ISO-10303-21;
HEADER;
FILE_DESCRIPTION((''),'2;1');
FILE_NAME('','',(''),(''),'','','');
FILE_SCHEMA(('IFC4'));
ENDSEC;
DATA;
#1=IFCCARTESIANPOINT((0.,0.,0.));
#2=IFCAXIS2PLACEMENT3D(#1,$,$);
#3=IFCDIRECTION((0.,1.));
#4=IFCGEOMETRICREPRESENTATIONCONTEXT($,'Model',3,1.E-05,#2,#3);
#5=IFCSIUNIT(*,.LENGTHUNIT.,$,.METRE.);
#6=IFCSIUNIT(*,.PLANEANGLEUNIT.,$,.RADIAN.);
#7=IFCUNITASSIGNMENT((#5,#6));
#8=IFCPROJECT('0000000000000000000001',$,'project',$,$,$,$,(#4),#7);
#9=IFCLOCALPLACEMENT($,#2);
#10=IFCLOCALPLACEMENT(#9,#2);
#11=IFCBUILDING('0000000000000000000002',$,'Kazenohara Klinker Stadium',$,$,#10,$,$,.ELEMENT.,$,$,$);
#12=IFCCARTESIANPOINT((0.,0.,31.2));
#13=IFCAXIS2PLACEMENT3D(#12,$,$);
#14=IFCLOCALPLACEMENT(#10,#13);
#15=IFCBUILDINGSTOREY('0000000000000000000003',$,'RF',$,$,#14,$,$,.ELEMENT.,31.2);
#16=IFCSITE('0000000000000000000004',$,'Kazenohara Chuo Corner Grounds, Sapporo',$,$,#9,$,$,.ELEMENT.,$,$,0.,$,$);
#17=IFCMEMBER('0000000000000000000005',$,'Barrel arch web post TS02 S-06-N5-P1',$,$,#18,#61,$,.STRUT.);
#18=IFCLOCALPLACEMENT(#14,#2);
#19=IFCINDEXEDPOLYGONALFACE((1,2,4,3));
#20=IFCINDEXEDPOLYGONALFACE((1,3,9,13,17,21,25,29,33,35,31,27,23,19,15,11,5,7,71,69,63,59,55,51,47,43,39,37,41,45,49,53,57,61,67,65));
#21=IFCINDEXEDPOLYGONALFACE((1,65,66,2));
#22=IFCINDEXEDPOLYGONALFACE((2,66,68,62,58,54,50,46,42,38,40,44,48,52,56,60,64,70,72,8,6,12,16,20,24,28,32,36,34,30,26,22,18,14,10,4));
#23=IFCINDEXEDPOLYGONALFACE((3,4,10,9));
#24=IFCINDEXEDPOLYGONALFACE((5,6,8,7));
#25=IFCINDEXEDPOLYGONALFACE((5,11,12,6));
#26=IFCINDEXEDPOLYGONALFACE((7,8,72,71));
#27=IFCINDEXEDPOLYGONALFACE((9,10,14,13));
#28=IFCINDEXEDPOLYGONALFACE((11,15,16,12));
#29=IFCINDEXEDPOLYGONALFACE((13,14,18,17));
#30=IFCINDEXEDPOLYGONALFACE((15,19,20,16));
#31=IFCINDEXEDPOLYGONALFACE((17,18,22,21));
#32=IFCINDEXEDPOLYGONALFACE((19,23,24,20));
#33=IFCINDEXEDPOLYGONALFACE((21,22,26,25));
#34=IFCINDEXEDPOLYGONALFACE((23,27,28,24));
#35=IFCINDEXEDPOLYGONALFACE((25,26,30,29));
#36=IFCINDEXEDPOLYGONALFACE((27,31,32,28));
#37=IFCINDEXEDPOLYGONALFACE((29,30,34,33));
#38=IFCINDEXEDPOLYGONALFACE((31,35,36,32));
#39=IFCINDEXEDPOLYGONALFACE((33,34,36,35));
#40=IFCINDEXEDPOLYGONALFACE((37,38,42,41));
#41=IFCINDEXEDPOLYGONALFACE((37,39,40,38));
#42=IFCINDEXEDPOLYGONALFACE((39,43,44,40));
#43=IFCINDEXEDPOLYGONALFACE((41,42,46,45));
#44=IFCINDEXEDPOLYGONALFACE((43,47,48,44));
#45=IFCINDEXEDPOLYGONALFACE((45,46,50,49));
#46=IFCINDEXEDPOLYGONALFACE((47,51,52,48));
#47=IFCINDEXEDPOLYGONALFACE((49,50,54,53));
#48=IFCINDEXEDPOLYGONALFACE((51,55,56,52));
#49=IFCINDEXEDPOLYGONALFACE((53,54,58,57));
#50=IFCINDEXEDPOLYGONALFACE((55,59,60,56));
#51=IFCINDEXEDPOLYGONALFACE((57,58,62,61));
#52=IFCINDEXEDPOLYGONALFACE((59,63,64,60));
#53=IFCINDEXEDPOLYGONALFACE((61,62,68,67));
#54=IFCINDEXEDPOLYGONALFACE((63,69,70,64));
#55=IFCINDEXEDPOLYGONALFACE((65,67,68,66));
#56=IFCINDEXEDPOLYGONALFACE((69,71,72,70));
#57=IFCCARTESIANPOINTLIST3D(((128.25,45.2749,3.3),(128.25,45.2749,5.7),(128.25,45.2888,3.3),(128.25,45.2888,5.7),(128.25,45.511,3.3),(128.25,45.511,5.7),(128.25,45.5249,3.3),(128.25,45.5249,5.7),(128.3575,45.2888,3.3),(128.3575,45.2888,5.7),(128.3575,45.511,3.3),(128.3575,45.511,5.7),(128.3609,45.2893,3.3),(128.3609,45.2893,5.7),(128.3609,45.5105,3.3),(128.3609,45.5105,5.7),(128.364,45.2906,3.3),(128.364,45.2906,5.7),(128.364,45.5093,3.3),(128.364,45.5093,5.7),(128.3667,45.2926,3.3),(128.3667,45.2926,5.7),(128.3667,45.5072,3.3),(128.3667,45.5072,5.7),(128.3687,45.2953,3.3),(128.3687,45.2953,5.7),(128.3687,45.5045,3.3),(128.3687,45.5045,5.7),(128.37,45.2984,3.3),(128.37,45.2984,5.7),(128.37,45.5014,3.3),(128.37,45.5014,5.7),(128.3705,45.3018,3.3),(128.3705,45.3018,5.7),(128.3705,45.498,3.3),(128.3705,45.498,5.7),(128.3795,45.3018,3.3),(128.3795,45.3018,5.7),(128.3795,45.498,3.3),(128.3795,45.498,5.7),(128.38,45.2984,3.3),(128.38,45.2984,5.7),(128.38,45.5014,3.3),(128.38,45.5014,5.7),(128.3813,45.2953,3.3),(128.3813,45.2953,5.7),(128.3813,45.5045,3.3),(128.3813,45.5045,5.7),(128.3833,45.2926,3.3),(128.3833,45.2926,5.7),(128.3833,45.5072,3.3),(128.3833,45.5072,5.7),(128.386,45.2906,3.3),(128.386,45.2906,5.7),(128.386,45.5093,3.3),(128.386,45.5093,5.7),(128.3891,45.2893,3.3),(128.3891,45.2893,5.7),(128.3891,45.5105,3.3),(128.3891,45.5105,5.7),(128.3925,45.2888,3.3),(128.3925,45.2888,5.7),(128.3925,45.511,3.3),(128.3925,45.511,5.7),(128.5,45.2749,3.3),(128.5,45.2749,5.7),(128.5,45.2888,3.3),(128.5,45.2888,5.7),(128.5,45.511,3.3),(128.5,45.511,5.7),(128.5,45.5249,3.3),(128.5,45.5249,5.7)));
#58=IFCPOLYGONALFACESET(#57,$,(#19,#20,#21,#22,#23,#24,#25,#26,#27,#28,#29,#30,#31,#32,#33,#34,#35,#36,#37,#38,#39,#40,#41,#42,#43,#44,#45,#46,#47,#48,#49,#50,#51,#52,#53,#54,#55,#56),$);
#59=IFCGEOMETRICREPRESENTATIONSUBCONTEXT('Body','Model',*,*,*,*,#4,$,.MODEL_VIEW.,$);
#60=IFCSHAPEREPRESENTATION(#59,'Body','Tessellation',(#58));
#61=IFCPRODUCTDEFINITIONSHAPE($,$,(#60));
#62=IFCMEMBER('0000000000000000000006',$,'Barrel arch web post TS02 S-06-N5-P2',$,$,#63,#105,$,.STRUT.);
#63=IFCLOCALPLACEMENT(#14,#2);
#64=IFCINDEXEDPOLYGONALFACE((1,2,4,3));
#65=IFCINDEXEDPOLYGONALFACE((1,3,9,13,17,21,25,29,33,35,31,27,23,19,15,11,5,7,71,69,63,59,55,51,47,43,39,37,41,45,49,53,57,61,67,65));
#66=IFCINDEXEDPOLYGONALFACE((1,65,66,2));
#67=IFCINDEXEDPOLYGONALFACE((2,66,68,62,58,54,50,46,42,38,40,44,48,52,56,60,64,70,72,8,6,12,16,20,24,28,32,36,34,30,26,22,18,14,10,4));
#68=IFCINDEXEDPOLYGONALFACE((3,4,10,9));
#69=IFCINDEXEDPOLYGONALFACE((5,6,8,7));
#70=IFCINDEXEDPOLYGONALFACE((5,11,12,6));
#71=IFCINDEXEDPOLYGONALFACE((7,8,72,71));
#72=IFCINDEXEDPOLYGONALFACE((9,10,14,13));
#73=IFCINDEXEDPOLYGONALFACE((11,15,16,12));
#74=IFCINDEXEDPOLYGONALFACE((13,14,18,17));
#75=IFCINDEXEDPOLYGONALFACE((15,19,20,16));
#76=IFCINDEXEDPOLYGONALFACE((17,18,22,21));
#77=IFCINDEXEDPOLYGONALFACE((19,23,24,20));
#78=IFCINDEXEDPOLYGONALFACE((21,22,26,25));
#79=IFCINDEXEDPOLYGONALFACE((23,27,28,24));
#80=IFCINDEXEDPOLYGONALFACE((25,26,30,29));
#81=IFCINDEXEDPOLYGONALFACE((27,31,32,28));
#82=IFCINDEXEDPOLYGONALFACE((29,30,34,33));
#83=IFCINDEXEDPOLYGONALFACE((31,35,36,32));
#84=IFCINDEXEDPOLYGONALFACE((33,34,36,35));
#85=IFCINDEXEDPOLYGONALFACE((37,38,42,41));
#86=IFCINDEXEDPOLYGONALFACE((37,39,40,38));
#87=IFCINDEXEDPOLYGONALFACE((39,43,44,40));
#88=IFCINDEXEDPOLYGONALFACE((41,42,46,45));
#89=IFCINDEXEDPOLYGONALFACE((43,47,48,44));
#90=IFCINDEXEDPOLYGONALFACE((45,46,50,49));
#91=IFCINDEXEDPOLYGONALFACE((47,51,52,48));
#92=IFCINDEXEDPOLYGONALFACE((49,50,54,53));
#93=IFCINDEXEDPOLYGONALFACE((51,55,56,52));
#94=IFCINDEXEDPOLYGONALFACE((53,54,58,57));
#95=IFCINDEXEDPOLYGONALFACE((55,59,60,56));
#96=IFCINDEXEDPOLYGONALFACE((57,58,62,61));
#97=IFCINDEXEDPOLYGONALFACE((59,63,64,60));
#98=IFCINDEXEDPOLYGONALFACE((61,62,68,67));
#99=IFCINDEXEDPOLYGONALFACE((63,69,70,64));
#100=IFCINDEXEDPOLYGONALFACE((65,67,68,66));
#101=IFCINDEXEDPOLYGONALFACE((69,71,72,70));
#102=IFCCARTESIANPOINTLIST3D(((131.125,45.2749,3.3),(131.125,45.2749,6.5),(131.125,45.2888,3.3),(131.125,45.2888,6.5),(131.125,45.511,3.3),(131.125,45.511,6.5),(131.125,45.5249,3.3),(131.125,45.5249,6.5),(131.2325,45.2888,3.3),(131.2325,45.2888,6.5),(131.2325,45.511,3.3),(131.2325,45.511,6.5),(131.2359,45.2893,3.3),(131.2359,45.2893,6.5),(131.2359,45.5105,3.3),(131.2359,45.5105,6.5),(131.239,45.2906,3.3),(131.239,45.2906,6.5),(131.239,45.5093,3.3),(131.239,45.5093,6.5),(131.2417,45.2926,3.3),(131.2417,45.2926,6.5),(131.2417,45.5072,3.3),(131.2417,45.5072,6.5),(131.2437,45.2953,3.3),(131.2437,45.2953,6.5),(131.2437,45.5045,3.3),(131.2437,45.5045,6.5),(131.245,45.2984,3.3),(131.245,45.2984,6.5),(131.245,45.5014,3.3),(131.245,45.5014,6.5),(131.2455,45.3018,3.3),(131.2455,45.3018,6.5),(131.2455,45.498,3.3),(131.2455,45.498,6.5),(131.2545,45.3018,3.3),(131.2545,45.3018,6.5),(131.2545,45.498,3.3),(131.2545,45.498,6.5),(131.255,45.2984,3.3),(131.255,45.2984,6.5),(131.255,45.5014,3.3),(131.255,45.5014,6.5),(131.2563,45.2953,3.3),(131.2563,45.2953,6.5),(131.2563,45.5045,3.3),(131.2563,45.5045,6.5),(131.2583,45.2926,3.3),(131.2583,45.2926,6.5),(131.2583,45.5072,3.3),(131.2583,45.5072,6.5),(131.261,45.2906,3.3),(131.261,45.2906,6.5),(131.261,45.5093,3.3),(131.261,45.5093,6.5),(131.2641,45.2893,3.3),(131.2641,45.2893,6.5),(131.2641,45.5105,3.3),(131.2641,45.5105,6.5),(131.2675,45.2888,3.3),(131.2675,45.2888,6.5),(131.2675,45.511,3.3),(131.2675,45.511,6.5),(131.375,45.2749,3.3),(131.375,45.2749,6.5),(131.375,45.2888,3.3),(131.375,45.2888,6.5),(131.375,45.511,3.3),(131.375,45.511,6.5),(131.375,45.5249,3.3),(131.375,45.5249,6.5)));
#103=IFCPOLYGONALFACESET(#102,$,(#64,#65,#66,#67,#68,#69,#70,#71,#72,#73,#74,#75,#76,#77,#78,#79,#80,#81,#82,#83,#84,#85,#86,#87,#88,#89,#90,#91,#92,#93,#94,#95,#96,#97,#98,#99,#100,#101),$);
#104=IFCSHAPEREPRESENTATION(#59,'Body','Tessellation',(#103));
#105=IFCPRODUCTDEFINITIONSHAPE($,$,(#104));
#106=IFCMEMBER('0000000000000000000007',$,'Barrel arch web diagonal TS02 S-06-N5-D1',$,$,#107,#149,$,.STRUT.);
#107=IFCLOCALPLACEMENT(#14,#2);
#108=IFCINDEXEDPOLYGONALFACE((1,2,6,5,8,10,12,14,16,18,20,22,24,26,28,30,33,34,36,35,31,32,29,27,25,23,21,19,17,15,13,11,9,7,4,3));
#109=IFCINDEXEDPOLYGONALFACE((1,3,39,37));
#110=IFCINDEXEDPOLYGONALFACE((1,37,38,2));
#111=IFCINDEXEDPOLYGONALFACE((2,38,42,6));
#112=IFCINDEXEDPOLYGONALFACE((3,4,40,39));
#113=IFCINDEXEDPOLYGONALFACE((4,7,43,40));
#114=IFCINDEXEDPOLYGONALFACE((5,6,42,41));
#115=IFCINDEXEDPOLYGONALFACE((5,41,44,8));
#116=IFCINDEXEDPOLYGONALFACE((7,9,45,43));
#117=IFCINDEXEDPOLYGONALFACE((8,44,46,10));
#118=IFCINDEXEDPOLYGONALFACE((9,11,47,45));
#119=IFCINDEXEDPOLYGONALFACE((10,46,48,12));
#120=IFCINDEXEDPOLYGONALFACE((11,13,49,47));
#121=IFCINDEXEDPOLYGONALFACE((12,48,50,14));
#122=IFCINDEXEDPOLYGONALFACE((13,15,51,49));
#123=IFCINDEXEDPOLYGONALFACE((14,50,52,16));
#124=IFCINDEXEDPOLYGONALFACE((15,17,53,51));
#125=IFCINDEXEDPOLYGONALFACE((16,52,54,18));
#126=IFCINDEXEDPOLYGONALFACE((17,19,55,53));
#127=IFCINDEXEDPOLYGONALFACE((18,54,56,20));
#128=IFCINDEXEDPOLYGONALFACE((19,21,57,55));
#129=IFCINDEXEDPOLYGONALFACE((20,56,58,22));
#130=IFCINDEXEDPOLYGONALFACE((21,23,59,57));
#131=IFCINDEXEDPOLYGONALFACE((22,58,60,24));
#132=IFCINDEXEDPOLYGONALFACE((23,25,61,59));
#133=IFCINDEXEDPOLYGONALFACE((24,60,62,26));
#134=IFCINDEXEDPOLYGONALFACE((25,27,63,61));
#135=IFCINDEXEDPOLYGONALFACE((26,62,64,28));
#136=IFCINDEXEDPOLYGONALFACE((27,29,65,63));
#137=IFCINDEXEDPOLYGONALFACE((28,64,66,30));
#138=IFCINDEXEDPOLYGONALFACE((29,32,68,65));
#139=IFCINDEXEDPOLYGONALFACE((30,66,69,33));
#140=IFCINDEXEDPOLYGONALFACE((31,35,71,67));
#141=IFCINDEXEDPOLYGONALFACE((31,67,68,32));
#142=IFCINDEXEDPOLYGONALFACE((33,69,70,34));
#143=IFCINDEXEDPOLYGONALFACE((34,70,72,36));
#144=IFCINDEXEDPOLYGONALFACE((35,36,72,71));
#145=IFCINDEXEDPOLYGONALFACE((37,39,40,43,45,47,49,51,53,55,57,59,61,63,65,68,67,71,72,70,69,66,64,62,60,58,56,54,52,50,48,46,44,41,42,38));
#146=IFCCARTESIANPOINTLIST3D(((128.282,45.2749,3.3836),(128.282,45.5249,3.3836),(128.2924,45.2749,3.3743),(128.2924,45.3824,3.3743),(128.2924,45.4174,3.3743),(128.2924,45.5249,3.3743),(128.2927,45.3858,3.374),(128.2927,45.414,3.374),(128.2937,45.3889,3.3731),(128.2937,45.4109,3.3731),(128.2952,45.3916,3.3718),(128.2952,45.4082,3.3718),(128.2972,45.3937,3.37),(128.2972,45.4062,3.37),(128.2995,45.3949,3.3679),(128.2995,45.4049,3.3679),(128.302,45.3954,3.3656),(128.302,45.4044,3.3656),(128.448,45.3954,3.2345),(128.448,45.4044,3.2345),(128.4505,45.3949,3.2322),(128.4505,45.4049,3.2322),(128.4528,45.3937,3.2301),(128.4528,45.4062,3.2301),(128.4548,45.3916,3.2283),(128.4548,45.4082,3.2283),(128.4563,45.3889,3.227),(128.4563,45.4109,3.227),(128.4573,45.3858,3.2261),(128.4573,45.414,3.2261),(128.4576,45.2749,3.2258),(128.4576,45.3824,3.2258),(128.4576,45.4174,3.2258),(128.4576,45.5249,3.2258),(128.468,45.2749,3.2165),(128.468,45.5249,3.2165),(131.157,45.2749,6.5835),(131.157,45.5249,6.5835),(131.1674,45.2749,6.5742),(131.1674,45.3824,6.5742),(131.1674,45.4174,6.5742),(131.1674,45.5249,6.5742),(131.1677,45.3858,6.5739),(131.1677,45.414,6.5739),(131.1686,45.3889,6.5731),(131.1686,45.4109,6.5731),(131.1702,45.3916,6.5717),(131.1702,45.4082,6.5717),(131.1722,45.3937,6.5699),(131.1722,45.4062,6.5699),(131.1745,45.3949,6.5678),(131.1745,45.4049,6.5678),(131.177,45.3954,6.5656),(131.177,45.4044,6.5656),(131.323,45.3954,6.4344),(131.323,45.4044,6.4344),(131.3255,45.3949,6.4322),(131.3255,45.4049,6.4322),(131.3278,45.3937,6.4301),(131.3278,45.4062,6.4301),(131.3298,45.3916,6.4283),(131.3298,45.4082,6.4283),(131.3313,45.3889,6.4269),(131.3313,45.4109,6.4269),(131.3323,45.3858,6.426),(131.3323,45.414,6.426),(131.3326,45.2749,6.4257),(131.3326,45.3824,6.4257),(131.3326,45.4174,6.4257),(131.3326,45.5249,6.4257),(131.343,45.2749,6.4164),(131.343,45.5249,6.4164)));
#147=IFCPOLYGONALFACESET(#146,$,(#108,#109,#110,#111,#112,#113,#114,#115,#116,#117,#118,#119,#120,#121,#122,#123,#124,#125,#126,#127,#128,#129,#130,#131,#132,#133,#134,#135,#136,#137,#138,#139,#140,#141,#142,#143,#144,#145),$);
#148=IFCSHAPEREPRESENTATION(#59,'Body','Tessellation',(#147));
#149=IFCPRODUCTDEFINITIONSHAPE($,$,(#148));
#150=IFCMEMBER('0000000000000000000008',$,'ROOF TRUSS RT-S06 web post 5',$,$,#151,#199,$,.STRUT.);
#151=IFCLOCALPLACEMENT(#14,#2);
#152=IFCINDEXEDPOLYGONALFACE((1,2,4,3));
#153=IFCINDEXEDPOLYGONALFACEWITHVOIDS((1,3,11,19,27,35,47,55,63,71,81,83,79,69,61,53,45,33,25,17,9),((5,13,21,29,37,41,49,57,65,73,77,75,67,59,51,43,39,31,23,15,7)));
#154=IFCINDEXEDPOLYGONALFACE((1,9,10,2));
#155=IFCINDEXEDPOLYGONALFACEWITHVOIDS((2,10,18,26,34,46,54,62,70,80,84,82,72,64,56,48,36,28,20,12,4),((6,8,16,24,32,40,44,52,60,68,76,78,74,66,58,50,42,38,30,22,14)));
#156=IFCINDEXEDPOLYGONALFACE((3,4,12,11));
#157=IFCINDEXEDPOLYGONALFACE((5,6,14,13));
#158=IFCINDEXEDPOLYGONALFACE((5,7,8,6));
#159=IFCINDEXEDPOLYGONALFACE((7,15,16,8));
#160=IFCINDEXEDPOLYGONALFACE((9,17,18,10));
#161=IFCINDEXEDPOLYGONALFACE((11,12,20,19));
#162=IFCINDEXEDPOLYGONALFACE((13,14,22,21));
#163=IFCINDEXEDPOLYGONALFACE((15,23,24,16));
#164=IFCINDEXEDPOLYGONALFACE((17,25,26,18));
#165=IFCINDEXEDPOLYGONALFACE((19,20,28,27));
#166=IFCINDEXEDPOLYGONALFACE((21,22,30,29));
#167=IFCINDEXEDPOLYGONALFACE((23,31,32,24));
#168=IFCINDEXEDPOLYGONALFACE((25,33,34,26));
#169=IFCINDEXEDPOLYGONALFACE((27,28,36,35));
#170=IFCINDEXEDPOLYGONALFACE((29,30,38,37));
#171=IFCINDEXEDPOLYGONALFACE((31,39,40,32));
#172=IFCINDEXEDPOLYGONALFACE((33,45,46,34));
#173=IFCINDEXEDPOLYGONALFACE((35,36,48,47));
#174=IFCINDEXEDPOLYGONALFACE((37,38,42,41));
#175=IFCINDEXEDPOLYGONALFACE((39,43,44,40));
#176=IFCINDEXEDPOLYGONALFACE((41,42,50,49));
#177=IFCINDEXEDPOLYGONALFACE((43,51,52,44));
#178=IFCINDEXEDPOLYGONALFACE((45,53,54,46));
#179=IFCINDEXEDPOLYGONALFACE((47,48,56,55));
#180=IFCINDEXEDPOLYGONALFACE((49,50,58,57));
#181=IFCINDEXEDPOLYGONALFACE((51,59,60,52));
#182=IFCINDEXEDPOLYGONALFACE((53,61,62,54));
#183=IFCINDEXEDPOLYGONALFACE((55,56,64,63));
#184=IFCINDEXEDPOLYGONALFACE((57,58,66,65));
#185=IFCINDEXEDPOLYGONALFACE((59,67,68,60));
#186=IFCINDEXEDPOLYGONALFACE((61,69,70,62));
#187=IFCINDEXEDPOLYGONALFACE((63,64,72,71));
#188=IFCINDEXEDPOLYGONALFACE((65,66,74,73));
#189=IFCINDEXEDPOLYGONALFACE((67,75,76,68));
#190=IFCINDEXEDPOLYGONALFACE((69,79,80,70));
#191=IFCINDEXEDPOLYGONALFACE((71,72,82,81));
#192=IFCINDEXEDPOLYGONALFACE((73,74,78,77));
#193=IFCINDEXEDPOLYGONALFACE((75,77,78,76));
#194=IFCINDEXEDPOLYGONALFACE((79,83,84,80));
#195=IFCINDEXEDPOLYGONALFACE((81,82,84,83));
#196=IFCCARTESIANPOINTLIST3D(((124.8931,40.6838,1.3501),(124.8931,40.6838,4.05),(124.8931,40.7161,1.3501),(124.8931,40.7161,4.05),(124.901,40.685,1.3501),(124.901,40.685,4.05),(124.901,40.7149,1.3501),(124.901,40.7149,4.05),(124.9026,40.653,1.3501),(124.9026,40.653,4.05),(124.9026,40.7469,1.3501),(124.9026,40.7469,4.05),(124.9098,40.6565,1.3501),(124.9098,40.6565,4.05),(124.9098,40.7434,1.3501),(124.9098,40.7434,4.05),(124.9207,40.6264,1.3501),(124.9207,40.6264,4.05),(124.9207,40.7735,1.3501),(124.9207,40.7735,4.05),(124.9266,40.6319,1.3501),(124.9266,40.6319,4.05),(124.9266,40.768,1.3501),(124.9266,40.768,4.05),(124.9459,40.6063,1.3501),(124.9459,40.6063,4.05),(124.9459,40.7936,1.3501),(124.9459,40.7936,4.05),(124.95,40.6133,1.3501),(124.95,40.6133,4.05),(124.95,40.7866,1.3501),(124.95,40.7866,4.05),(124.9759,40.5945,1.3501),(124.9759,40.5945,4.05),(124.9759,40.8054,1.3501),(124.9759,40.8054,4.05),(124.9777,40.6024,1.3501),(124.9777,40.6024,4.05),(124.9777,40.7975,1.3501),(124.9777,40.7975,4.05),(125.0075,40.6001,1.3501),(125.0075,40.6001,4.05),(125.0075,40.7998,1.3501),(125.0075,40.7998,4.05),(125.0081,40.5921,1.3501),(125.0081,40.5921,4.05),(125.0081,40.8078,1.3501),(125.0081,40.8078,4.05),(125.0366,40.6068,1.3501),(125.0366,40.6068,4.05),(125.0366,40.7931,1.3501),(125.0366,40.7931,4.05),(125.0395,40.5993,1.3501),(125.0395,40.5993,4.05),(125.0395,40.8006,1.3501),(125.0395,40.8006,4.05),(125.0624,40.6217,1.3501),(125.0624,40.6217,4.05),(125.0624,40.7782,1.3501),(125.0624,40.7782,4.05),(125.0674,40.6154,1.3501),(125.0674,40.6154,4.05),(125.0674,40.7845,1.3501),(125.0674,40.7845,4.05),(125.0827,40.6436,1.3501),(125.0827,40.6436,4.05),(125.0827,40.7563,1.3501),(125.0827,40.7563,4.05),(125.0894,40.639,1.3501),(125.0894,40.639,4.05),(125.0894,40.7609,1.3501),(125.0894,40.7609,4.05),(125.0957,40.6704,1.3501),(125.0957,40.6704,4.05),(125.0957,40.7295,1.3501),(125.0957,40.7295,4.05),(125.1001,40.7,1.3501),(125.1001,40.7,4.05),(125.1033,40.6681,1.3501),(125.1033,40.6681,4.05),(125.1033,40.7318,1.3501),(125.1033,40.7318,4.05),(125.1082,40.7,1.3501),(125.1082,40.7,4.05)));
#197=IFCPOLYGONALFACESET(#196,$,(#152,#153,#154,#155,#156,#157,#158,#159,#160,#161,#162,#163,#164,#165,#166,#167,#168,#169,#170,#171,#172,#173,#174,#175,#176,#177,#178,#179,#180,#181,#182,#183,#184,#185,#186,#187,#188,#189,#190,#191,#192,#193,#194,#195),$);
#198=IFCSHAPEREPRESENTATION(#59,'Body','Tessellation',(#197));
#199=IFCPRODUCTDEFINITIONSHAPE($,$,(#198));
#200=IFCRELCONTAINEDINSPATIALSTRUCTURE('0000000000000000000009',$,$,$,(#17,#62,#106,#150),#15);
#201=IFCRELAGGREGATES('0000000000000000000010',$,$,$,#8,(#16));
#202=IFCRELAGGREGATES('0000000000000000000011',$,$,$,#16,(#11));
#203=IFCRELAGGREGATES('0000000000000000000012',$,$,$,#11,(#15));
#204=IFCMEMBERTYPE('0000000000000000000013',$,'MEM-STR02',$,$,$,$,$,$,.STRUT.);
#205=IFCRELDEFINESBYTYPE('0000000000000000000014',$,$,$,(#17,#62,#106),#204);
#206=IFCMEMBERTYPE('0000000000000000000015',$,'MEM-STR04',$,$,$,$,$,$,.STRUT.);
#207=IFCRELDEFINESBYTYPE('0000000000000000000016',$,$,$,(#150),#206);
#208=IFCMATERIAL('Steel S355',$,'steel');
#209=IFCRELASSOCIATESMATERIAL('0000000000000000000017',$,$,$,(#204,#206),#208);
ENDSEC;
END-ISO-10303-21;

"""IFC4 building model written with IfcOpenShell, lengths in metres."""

from ifc_helpers import new_model, si_unit, direction, frame, origin, origin_2d, place, context, subcontext, project, spatial, hollow_circle, i_section, extrude, material, material_profile, profile_set, type_object, element, save


model = new_model("IFC4")

# Units and contexts
model_context = context("Model", 3, precision=1e-05, world=origin(), true_north=direction((0.0, 1.0)))
body_context = subcontext(model_context, "Body", "Model", "MODEL_VIEW")
ifc_project = project(units=[si_unit("LENGTHUNIT", "METRE"), si_unit("PLANEANGLEUNIT", "RADIAN")], contexts=[model_context])

# Site, building, storey
site_placement = place(None, origin())
site = spatial("IfcSite", under=ifc_project, at=site_placement, Name="Kazenohara Chuo Corner Grounds, Sapporo", CompositionType="ELEMENT", RefElevation=0.0)
building_placement = place(site_placement, origin())
building = spatial("IfcBuilding", under=site, at=building_placement, Name="Kazenohara Klinker Stadium", CompositionType="ELEMENT")
storey_placement = place(building_placement, frame((0.0, 0.0, 31.2)))
storey = spatial("IfcBuildingStorey", under=building, at=storey_placement, Name="RF", CompositionType="ELEMENT", Elevation=31.2)

# Members
ifc_material_1 = material(Name="Steel S355", Category="steel")
ifc_material_profile_1 = material_profile(ifc_material_1, i_section(OverallWidth=0.25, OverallDepth=0.25, WebThickness=0.009, FlangeThickness=0.0139, FilletRadius=0.0129, at=origin_2d()), Name="H-250x250x9x14")
ifc_profile_set_1 = profile_set([ifc_material_profile_1], Name="Steel S355")
member_type_1 = type_object("IfcMemberType", Name="MEM-STR02", PredefinedType="STRUT", material=ifc_profile_set_1)
member_1_placement = place(storey_placement, frame((128.375, 45.3999, 3.3), z_axis=(0.0, 0.0, 1.0), x_axis=(1.0, 0.0, 0.0)))
element("IfcMember", 1, at=member_1_placement, inside=storey, type_object=member_type_1, Name="Barrel arch web post TS02 S-06-N5-P1", PredefinedType="STRUT", context=body_context, shape_type="SweptSolid", body=[
    extrude(i_section(OverallWidth=0.25, OverallDepth=0.25, WebThickness=0.009, FlangeThickness=0.0139, FilletRadius=0.0129, at=origin_2d()), origin(), (0.0, 0.0, 1.0), 2.3999),
])
member_2_placement = place(storey_placement, frame((131.25, 45.3999, 3.3), z_axis=(0.0, 0.0, 1.0), x_axis=(1.0, 0.0, 0.0)))
element("IfcMember", 2, at=member_2_placement, inside=storey, type_object=member_type_1, Name="Barrel arch web post TS02 S-06-N5-P2", PredefinedType="STRUT", context=body_context, shape_type="SweptSolid", body=[
    extrude(i_section(OverallWidth=0.25, OverallDepth=0.25, WebThickness=0.009, FlangeThickness=0.0139, FilletRadius=0.0129, at=origin_2d()), origin(), (0.0, 0.0, 1.0), 3.2),
])
member_3_placement = place(storey_placement, frame((128.375, 45.3999, 3.3), z_axis=(0.668328, 0.0, 0.743867), x_axis=(0.0, 1.0, 0.0)))
element("IfcMember", 3, at=member_3_placement, inside=storey, type_object=member_type_1, Name="Barrel arch web diagonal TS02 S-06-N5-D1", PredefinedType="STRUT", context=body_context, shape_type="SweptSolid", body=[
    extrude(i_section(OverallWidth=0.25, OverallDepth=0.25, WebThickness=0.009, FlangeThickness=0.0139, FilletRadius=0.0129, at=origin_2d()), origin(), (0.0, 0.0, 1.0), 4.3018),
])
ifc_material_profile_2 = material_profile(ifc_material_1, hollow_circle(Radius=0.1082, WallThickness=0.0081, at=origin_2d()), Name="CHS-216.3x8")
ifc_profile_set_2 = profile_set([ifc_material_profile_2], Name="Steel S355")
member_type_2 = type_object("IfcMemberType", Name="MEM-STR04", PredefinedType="STRUT", material=ifc_profile_set_2)
member_4_placement = place(storey_placement, frame((125.0, 40.7, 1.3501), z_axis=(0.0, 0.0, 1.0), x_axis=(1.0, 0.0, 0.0)))
element("IfcMember", 4, at=member_4_placement, inside=storey, type_object=member_type_2, Name="ROOF TRUSS RT-S06 web post 5", PredefinedType="STRUT", context=body_context, shape_type="SweptSolid", body=[
    extrude(hollow_circle(Radius=0.1082, WallThickness=0.0081, at=origin_2d()), origin(), (0.0, 0.0, 1.0), 2.7),
])

save(model, "model.ifc")
